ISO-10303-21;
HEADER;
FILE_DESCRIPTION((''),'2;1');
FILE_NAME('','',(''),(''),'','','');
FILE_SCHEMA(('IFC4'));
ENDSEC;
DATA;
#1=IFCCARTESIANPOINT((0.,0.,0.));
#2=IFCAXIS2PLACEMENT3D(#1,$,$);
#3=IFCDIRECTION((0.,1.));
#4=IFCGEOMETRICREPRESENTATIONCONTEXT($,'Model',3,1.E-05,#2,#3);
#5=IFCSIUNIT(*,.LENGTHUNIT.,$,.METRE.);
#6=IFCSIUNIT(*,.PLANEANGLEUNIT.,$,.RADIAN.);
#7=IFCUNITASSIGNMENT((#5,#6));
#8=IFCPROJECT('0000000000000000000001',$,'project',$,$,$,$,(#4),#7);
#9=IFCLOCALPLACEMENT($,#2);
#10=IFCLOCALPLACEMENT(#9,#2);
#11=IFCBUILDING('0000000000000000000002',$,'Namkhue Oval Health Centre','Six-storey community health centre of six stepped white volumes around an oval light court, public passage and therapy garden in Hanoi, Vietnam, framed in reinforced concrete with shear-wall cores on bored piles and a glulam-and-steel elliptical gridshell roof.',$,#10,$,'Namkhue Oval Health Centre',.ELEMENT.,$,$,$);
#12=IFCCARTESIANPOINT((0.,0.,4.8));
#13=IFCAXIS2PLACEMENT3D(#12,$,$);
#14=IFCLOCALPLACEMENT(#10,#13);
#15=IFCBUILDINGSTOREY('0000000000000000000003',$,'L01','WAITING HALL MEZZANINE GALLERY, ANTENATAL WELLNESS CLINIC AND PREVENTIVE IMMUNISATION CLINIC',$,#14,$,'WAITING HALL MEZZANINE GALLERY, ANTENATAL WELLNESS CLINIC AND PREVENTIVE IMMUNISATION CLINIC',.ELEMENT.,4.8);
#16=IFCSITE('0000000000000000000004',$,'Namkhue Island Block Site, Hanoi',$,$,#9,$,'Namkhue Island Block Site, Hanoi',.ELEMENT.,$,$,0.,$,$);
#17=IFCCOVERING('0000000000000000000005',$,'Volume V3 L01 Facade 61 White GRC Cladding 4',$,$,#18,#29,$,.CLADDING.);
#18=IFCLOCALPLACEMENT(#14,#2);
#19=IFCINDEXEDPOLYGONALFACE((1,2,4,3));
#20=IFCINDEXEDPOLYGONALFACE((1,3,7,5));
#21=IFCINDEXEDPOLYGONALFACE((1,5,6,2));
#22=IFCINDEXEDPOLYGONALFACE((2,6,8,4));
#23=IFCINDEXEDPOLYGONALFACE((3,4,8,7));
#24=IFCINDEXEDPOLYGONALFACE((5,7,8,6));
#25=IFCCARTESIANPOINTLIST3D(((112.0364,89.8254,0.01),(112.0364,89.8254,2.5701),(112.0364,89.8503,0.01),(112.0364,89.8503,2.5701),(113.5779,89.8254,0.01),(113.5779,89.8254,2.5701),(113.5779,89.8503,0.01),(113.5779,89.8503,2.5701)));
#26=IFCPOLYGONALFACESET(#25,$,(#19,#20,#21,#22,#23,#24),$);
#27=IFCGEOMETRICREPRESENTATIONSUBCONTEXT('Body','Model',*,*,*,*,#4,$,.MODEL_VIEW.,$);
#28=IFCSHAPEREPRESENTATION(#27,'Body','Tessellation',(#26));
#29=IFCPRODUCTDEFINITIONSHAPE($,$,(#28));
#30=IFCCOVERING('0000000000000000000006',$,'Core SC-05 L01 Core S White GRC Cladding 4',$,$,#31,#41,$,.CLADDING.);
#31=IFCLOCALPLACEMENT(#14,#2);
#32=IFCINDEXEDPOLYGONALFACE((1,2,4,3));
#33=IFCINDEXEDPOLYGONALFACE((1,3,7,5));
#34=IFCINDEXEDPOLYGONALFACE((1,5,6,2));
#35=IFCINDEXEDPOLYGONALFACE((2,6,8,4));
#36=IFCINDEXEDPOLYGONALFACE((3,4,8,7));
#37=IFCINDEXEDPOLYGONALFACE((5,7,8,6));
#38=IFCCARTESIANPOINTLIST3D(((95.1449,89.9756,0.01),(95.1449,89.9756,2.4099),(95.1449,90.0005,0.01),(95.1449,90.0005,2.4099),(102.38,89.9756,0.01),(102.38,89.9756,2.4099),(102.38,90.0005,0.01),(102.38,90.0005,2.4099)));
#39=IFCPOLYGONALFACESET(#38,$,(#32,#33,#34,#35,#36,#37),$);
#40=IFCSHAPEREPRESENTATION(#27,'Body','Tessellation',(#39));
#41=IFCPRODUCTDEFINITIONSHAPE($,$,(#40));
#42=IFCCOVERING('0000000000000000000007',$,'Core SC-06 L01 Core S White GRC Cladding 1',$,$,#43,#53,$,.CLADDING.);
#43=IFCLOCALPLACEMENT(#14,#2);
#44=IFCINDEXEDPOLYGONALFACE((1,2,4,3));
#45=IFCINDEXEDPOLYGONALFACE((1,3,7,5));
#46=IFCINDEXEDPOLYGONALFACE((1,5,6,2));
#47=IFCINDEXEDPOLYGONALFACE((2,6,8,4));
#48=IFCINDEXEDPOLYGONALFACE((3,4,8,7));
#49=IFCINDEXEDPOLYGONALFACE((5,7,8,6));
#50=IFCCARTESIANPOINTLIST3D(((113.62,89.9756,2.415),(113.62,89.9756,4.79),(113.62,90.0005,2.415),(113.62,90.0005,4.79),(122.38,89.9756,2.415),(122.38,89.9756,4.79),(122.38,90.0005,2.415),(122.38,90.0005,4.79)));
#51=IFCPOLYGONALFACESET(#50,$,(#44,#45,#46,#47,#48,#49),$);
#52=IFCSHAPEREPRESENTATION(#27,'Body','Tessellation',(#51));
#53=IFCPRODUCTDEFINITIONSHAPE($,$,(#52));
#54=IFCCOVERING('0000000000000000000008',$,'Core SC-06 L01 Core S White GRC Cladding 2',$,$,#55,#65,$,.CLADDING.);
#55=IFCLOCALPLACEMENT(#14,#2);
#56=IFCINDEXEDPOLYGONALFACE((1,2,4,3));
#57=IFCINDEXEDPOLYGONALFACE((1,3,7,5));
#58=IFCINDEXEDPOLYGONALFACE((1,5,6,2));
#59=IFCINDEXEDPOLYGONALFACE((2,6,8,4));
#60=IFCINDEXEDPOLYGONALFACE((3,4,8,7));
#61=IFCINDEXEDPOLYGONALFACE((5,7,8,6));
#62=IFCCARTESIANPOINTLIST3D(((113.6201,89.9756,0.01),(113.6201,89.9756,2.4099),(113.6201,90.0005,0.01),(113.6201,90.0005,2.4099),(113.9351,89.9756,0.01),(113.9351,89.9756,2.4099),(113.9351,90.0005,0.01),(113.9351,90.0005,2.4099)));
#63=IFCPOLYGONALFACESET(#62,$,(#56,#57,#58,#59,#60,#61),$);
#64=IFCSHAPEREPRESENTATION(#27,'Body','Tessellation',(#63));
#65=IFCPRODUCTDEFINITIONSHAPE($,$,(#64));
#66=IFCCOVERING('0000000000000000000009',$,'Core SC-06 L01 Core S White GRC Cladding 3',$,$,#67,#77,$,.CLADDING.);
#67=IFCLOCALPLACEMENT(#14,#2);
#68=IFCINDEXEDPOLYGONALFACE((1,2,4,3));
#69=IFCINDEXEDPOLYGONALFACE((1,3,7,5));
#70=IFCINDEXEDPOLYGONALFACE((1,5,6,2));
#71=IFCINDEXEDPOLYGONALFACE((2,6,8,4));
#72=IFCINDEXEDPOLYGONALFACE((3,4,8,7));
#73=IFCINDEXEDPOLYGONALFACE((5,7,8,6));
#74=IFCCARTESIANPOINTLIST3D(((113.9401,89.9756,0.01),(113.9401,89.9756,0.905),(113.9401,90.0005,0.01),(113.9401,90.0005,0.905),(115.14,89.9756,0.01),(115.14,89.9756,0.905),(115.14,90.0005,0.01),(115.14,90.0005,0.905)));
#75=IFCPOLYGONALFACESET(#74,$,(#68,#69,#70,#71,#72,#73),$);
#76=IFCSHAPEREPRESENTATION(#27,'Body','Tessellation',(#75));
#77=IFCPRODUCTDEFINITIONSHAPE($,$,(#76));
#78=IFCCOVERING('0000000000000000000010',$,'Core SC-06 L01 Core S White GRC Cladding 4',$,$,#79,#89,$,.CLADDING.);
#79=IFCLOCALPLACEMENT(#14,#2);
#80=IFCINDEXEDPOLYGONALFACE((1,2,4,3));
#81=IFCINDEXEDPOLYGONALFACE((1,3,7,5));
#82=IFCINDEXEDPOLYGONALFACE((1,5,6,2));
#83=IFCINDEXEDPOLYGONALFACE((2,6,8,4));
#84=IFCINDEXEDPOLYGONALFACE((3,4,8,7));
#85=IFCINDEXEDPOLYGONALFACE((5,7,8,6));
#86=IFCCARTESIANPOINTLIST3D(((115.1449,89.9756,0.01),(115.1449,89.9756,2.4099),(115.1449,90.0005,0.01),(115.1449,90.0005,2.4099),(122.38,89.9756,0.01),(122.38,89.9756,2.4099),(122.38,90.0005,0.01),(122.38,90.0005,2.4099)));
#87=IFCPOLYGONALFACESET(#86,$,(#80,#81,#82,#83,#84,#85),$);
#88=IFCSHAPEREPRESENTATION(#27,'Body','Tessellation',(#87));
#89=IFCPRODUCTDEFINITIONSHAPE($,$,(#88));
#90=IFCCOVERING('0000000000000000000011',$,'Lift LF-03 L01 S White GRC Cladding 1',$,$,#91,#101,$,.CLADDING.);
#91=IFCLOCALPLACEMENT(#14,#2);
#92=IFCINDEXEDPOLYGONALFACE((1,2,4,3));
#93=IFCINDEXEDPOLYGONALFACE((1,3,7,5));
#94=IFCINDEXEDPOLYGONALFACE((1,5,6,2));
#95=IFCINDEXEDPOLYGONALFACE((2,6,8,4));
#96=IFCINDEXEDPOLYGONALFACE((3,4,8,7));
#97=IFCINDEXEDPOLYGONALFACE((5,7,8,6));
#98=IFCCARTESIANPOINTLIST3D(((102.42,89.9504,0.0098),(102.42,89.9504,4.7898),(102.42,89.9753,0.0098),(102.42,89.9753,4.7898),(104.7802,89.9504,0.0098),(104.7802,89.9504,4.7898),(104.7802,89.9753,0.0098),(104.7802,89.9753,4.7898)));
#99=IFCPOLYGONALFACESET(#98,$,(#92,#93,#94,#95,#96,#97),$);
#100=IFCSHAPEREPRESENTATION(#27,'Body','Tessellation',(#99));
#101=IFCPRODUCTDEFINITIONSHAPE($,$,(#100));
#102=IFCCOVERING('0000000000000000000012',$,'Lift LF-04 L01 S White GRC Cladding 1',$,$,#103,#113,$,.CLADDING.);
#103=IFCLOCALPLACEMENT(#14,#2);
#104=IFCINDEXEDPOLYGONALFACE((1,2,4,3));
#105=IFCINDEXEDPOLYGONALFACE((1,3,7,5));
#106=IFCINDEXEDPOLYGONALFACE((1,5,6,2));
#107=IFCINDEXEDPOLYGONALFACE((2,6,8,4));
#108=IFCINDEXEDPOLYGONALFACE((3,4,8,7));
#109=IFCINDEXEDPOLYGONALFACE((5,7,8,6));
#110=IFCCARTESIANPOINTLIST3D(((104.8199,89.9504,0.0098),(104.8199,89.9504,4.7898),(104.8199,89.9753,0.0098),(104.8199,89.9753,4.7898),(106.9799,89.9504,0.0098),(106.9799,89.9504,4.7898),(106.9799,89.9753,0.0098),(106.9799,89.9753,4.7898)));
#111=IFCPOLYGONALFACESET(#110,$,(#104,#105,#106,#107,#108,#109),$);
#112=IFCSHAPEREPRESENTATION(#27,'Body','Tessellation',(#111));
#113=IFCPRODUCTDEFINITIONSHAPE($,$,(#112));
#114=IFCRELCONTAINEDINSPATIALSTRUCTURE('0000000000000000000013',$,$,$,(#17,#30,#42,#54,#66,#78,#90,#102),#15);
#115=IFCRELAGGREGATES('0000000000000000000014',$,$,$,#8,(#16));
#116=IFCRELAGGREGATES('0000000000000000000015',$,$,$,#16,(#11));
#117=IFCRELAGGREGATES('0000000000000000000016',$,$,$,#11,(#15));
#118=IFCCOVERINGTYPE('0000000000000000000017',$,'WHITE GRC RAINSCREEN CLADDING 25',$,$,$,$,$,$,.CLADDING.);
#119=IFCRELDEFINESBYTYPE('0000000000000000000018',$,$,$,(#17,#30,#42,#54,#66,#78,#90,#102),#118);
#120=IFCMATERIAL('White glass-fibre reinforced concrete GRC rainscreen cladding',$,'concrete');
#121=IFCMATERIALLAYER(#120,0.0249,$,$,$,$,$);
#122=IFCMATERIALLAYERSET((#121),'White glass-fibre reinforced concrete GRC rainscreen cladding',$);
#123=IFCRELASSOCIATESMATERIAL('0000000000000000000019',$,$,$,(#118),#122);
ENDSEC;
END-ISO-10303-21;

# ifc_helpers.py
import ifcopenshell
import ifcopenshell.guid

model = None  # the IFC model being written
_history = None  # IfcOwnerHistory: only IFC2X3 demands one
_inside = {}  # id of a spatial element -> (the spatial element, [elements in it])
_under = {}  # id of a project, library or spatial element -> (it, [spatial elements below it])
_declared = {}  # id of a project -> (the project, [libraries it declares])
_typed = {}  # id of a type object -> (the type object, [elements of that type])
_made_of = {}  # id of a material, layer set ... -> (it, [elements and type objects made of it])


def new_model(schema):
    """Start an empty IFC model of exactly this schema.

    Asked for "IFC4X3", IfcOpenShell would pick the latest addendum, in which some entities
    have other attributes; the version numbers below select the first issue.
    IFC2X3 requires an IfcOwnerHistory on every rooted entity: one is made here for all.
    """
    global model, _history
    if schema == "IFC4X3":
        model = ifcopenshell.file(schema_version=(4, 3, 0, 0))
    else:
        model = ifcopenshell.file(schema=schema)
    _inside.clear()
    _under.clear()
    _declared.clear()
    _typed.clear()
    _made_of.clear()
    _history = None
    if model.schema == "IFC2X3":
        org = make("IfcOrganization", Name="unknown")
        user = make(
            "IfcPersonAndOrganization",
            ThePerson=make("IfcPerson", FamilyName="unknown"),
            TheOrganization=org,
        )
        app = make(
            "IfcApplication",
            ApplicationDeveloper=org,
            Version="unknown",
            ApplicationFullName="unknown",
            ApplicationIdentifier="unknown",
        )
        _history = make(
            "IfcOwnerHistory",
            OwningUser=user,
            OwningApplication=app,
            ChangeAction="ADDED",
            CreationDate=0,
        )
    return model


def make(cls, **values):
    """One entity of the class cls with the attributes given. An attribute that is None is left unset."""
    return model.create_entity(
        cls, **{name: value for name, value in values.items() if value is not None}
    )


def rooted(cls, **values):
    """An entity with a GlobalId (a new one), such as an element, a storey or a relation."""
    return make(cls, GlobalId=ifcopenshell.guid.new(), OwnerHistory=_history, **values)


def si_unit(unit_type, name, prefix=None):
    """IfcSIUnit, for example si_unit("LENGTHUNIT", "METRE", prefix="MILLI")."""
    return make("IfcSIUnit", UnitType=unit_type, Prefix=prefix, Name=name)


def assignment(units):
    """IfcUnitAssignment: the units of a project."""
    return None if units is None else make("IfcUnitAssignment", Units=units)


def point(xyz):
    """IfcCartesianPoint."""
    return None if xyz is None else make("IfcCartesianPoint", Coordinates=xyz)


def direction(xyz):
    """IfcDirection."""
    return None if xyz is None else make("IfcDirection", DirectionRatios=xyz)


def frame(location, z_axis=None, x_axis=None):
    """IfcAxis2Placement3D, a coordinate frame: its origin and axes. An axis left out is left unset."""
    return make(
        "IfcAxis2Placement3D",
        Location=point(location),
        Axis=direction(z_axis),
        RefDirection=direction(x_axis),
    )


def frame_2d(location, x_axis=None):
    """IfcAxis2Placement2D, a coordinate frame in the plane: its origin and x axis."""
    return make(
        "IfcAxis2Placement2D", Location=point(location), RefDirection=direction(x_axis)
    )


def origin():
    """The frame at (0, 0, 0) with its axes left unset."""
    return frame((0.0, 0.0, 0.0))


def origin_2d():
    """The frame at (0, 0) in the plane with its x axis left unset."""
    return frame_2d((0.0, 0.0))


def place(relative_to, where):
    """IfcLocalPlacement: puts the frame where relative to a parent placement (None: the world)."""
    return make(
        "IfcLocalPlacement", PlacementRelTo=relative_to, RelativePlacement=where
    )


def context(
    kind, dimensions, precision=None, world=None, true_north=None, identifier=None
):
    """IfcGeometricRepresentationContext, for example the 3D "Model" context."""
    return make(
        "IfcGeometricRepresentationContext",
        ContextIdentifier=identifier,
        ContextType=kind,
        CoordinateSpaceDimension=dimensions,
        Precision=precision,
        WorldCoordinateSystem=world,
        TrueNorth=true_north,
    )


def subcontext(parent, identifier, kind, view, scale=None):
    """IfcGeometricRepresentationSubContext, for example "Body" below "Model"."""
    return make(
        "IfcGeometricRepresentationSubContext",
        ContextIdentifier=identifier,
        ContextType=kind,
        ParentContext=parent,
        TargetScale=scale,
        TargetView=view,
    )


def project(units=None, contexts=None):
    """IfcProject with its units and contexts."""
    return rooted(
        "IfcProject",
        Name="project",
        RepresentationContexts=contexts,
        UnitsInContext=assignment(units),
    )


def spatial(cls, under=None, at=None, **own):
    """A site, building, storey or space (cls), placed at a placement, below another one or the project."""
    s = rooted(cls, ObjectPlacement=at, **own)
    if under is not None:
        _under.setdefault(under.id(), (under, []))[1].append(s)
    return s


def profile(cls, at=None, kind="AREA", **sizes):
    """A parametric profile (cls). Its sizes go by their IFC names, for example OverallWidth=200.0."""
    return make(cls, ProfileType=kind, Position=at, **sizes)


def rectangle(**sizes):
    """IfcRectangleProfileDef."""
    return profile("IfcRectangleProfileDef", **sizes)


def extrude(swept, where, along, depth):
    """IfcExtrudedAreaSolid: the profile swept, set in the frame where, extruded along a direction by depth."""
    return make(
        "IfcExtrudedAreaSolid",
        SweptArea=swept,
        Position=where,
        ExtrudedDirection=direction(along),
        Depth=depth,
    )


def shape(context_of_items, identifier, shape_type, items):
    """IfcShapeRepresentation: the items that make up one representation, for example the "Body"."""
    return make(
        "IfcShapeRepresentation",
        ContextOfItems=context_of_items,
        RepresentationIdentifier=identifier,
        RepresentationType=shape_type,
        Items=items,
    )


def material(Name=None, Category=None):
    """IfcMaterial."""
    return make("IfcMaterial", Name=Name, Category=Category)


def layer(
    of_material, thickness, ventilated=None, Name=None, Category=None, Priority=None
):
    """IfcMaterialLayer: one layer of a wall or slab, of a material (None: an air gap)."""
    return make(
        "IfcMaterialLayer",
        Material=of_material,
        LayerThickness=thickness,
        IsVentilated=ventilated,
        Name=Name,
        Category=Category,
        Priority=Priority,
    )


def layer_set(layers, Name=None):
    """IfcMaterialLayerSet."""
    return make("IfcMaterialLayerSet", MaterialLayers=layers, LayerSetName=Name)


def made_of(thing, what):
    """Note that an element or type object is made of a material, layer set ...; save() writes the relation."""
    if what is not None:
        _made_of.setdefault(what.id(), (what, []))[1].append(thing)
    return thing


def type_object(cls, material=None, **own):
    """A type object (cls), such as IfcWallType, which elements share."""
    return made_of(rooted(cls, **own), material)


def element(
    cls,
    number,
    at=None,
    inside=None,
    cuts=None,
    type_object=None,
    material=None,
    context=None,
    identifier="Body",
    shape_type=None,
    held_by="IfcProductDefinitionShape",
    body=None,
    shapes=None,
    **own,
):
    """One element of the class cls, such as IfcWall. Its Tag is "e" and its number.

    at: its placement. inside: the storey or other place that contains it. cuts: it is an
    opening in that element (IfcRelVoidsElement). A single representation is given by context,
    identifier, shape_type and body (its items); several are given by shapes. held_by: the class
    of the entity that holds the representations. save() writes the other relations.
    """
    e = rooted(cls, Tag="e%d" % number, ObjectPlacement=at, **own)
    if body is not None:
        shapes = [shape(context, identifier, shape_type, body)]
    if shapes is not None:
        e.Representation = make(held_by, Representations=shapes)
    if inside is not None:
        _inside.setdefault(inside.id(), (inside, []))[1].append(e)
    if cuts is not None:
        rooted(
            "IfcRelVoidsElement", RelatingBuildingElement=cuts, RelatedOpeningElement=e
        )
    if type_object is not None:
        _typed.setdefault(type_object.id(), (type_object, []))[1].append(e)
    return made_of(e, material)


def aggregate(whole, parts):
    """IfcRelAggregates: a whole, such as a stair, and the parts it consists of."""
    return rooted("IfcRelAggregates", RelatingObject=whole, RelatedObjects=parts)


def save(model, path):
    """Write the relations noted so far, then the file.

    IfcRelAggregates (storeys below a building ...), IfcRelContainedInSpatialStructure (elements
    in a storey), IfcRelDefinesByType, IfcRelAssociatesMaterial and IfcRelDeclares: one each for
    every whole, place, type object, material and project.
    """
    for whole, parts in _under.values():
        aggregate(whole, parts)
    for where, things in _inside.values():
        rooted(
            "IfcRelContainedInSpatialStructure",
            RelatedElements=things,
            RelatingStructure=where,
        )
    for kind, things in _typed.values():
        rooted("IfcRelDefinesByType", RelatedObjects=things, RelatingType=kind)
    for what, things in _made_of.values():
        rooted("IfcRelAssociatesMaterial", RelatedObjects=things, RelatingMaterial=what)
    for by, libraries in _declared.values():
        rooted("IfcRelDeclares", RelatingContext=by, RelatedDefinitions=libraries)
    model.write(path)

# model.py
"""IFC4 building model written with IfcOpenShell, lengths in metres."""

from ifc_helpers import new_model, si_unit, direction, frame, origin, origin_2d, place, context, subcontext, project, spatial, rectangle, extrude, material, layer, layer_set, type_object, element, save


model = new_model("IFC4")

# Units and contexts
model_context = context("Model", 3, precision=1e-05, world=origin(), true_north=direction((0.0, 1.0)))
body_context = subcontext(model_context, "Body", "Model", "MODEL_VIEW")
ifc_project = project(units=[si_unit("LENGTHUNIT", "METRE"), si_unit("PLANEANGLEUNIT", "RADIAN")], contexts=[model_context])

# Site, building, storey
site_placement = place(None, origin())
site = spatial("IfcSite", under=ifc_project, at=site_placement, Name="Namkhue Island Block Site, Hanoi", LongName="Namkhue Island Block Site, Hanoi", CompositionType="ELEMENT", RefElevation=0.0)
building_placement = place(site_placement, origin())
building = spatial("IfcBuilding", under=site, at=building_placement, Name="Namkhue Oval Health Centre", Description="Six-storey community health centre of six stepped white volumes around an oval light court, public passage and therapy garden in Hanoi, Vietnam, framed in reinforced concrete with shear-wall cores on bored piles and a glulam-and-steel elliptical gridshell roof.", LongName="Namkhue Oval Health Centre", CompositionType="ELEMENT")
storey_placement = place(building_placement, frame((0.0, 0.0, 4.8)))
storey = spatial("IfcBuildingStorey", under=building, at=storey_placement, Name="L01", Description="WAITING HALL MEZZANINE GALLERY, ANTENATAL WELLNESS CLINIC AND PREVENTIVE IMMUNISATION CLINIC", LongName="WAITING HALL MEZZANINE GALLERY, ANTENATAL WELLNESS CLINIC AND PREVENTIVE IMMUNISATION CLINIC", CompositionType="ELEMENT", Elevation=4.8)

# Coverings
ifc_material_1 = material(Name="White glass-fibre reinforced concrete GRC rainscreen cladding", Category="concrete")
ifc_layer_1 = layer(ifc_material_1, 0.0249)
ifc_layer_set_1 = layer_set([ifc_layer_1], Name="White glass-fibre reinforced concrete GRC rainscreen cladding")
covering_type = type_object("IfcCoveringType", Name="WHITE GRC RAINSCREEN CLADDING 25", PredefinedType="CLADDING", material=ifc_layer_set_1)
covering_1_placement = place(storey_placement, frame((112.8071, 89.8379, 0.01), z_axis=(0.0, 0.0, 1.0), x_axis=(1.0, 0.0, 0.0)))
element("IfcCovering", 1, at=covering_1_placement, inside=storey, type_object=covering_type, Name="Volume V3 L01 Facade 61 White GRC Cladding 4", PredefinedType="CLADDING", context=body_context, shape_type="SweptSolid", body=[
    extrude(rectangle(XDim=1.5415, YDim=0.0249, at=origin_2d()), origin(), (0.0, 0.0, 1.0), 2.5601),
])
covering_2_placement = place(storey_placement, frame((98.7625, 89.988, 0.01), z_axis=(0.0, 0.0, 1.0), x_axis=(1.0, 0.0, 0.0)))
element("IfcCovering", 2, at=covering_2_placement, inside=storey, type_object=covering_type, Name="Core SC-05 L01 Core S White GRC Cladding 4", PredefinedType="CLADDING", context=body_context, shape_type="SweptSolid", body=[
    extrude(rectangle(XDim=7.2351, YDim=0.0249, at=origin_2d()), origin(), (0.0, 0.0, 1.0), 2.3999),
])
covering_3_placement = place(storey_placement, frame((118.0, 89.988, 2.415), z_axis=(0.0, 0.0, 1.0), x_axis=(1.0, 0.0, 0.0)))
element("IfcCovering", 3, at=covering_3_placement, inside=storey, type_object=covering_type, Name="Core SC-06 L01 Core S White GRC Cladding 1", PredefinedType="CLADDING", context=body_context, shape_type="SweptSolid", body=[
    extrude(rectangle(XDim=8.76, YDim=0.0249, at=origin_2d()), origin(), (0.0, 0.0, 1.0), 2.375),
])
covering_4_placement = place(storey_placement, frame((113.7776, 89.988, 0.01), z_axis=(0.0, 0.0, 1.0), x_axis=(1.0, 0.0, 0.0)))
element("IfcCovering", 4, at=covering_4_placement, inside=storey, type_object=covering_type, Name="Core SC-06 L01 Core S White GRC Cladding 2", PredefinedType="CLADDING", context=body_context, shape_type="SweptSolid", body=[
    extrude(rectangle(XDim=0.3149, YDim=0.0249, at=origin_2d()), origin(), (0.0, 0.0, 1.0), 2.3999),
])
covering_5_placement = place(storey_placement, frame((114.54, 89.988, 0.01), z_axis=(0.0, 0.0, 1.0), x_axis=(1.0, 0.0, 0.0)))
element("IfcCovering", 5, at=covering_5_placement, inside=storey, type_object=covering_type, Name="Core SC-06 L01 Core S White GRC Cladding 3", PredefinedType="CLADDING", context=body_context, shape_type="SweptSolid", body=[
    extrude(rectangle(XDim=1.2, YDim=0.0249, at=origin_2d()), origin(), (0.0, 0.0, 1.0), 0.895),
])
covering_6_placement = place(storey_placement, frame((118.7625, 89.988, 0.01), z_axis=(0.0, 0.0, 1.0), x_axis=(1.0, 0.0, 0.0)))
element("IfcCovering", 6, at=covering_6_placement, inside=storey, type_object=covering_type, Name="Core SC-06 L01 Core S White GRC Cladding 4", PredefinedType="CLADDING", context=body_context, shape_type="SweptSolid", body=[
    extrude(rectangle(XDim=7.2351, YDim=0.0249, at=origin_2d()), origin(), (0.0, 0.0, 1.0), 2.3999),
])
covering_7_placement = place(storey_placement, frame((103.6001, 89.9629, 0.0098), z_axis=(0.0, 0.0, 1.0), x_axis=(1.0, 0.0, 0.0)))
element("IfcCovering", 7, at=covering_7_placement, inside=storey, type_object=covering_type, Name="Lift LF-03 L01 S White GRC Cladding 1", PredefinedType="CLADDING", context=body_context, shape_type="SweptSolid", body=[
    extrude(rectangle(XDim=2.3601, YDim=0.0249, at=origin_2d()), origin(), (0.0, 0.0, 1.0), 4.78),
])
covering_8_placement = place(storey_placement, frame((105.8999, 89.9629, 0.0098), z_axis=(0.0, 0.0, 1.0), x_axis=(1.0, 0.0, 0.0)))
element("IfcCovering", 8, at=covering_8_placement, inside=storey, type_object=covering_type, Name="Lift LF-04 L01 S White GRC Cladding 1", PredefinedType="CLADDING", context=body_context, shape_type="SweptSolid", body=[
    extrude(rectangle(XDim=2.1599, YDim=0.0249, at=origin_2d()), origin(), (0.0, 0.0, 1.0), 4.78),
])

save(model, "model.ifc")
